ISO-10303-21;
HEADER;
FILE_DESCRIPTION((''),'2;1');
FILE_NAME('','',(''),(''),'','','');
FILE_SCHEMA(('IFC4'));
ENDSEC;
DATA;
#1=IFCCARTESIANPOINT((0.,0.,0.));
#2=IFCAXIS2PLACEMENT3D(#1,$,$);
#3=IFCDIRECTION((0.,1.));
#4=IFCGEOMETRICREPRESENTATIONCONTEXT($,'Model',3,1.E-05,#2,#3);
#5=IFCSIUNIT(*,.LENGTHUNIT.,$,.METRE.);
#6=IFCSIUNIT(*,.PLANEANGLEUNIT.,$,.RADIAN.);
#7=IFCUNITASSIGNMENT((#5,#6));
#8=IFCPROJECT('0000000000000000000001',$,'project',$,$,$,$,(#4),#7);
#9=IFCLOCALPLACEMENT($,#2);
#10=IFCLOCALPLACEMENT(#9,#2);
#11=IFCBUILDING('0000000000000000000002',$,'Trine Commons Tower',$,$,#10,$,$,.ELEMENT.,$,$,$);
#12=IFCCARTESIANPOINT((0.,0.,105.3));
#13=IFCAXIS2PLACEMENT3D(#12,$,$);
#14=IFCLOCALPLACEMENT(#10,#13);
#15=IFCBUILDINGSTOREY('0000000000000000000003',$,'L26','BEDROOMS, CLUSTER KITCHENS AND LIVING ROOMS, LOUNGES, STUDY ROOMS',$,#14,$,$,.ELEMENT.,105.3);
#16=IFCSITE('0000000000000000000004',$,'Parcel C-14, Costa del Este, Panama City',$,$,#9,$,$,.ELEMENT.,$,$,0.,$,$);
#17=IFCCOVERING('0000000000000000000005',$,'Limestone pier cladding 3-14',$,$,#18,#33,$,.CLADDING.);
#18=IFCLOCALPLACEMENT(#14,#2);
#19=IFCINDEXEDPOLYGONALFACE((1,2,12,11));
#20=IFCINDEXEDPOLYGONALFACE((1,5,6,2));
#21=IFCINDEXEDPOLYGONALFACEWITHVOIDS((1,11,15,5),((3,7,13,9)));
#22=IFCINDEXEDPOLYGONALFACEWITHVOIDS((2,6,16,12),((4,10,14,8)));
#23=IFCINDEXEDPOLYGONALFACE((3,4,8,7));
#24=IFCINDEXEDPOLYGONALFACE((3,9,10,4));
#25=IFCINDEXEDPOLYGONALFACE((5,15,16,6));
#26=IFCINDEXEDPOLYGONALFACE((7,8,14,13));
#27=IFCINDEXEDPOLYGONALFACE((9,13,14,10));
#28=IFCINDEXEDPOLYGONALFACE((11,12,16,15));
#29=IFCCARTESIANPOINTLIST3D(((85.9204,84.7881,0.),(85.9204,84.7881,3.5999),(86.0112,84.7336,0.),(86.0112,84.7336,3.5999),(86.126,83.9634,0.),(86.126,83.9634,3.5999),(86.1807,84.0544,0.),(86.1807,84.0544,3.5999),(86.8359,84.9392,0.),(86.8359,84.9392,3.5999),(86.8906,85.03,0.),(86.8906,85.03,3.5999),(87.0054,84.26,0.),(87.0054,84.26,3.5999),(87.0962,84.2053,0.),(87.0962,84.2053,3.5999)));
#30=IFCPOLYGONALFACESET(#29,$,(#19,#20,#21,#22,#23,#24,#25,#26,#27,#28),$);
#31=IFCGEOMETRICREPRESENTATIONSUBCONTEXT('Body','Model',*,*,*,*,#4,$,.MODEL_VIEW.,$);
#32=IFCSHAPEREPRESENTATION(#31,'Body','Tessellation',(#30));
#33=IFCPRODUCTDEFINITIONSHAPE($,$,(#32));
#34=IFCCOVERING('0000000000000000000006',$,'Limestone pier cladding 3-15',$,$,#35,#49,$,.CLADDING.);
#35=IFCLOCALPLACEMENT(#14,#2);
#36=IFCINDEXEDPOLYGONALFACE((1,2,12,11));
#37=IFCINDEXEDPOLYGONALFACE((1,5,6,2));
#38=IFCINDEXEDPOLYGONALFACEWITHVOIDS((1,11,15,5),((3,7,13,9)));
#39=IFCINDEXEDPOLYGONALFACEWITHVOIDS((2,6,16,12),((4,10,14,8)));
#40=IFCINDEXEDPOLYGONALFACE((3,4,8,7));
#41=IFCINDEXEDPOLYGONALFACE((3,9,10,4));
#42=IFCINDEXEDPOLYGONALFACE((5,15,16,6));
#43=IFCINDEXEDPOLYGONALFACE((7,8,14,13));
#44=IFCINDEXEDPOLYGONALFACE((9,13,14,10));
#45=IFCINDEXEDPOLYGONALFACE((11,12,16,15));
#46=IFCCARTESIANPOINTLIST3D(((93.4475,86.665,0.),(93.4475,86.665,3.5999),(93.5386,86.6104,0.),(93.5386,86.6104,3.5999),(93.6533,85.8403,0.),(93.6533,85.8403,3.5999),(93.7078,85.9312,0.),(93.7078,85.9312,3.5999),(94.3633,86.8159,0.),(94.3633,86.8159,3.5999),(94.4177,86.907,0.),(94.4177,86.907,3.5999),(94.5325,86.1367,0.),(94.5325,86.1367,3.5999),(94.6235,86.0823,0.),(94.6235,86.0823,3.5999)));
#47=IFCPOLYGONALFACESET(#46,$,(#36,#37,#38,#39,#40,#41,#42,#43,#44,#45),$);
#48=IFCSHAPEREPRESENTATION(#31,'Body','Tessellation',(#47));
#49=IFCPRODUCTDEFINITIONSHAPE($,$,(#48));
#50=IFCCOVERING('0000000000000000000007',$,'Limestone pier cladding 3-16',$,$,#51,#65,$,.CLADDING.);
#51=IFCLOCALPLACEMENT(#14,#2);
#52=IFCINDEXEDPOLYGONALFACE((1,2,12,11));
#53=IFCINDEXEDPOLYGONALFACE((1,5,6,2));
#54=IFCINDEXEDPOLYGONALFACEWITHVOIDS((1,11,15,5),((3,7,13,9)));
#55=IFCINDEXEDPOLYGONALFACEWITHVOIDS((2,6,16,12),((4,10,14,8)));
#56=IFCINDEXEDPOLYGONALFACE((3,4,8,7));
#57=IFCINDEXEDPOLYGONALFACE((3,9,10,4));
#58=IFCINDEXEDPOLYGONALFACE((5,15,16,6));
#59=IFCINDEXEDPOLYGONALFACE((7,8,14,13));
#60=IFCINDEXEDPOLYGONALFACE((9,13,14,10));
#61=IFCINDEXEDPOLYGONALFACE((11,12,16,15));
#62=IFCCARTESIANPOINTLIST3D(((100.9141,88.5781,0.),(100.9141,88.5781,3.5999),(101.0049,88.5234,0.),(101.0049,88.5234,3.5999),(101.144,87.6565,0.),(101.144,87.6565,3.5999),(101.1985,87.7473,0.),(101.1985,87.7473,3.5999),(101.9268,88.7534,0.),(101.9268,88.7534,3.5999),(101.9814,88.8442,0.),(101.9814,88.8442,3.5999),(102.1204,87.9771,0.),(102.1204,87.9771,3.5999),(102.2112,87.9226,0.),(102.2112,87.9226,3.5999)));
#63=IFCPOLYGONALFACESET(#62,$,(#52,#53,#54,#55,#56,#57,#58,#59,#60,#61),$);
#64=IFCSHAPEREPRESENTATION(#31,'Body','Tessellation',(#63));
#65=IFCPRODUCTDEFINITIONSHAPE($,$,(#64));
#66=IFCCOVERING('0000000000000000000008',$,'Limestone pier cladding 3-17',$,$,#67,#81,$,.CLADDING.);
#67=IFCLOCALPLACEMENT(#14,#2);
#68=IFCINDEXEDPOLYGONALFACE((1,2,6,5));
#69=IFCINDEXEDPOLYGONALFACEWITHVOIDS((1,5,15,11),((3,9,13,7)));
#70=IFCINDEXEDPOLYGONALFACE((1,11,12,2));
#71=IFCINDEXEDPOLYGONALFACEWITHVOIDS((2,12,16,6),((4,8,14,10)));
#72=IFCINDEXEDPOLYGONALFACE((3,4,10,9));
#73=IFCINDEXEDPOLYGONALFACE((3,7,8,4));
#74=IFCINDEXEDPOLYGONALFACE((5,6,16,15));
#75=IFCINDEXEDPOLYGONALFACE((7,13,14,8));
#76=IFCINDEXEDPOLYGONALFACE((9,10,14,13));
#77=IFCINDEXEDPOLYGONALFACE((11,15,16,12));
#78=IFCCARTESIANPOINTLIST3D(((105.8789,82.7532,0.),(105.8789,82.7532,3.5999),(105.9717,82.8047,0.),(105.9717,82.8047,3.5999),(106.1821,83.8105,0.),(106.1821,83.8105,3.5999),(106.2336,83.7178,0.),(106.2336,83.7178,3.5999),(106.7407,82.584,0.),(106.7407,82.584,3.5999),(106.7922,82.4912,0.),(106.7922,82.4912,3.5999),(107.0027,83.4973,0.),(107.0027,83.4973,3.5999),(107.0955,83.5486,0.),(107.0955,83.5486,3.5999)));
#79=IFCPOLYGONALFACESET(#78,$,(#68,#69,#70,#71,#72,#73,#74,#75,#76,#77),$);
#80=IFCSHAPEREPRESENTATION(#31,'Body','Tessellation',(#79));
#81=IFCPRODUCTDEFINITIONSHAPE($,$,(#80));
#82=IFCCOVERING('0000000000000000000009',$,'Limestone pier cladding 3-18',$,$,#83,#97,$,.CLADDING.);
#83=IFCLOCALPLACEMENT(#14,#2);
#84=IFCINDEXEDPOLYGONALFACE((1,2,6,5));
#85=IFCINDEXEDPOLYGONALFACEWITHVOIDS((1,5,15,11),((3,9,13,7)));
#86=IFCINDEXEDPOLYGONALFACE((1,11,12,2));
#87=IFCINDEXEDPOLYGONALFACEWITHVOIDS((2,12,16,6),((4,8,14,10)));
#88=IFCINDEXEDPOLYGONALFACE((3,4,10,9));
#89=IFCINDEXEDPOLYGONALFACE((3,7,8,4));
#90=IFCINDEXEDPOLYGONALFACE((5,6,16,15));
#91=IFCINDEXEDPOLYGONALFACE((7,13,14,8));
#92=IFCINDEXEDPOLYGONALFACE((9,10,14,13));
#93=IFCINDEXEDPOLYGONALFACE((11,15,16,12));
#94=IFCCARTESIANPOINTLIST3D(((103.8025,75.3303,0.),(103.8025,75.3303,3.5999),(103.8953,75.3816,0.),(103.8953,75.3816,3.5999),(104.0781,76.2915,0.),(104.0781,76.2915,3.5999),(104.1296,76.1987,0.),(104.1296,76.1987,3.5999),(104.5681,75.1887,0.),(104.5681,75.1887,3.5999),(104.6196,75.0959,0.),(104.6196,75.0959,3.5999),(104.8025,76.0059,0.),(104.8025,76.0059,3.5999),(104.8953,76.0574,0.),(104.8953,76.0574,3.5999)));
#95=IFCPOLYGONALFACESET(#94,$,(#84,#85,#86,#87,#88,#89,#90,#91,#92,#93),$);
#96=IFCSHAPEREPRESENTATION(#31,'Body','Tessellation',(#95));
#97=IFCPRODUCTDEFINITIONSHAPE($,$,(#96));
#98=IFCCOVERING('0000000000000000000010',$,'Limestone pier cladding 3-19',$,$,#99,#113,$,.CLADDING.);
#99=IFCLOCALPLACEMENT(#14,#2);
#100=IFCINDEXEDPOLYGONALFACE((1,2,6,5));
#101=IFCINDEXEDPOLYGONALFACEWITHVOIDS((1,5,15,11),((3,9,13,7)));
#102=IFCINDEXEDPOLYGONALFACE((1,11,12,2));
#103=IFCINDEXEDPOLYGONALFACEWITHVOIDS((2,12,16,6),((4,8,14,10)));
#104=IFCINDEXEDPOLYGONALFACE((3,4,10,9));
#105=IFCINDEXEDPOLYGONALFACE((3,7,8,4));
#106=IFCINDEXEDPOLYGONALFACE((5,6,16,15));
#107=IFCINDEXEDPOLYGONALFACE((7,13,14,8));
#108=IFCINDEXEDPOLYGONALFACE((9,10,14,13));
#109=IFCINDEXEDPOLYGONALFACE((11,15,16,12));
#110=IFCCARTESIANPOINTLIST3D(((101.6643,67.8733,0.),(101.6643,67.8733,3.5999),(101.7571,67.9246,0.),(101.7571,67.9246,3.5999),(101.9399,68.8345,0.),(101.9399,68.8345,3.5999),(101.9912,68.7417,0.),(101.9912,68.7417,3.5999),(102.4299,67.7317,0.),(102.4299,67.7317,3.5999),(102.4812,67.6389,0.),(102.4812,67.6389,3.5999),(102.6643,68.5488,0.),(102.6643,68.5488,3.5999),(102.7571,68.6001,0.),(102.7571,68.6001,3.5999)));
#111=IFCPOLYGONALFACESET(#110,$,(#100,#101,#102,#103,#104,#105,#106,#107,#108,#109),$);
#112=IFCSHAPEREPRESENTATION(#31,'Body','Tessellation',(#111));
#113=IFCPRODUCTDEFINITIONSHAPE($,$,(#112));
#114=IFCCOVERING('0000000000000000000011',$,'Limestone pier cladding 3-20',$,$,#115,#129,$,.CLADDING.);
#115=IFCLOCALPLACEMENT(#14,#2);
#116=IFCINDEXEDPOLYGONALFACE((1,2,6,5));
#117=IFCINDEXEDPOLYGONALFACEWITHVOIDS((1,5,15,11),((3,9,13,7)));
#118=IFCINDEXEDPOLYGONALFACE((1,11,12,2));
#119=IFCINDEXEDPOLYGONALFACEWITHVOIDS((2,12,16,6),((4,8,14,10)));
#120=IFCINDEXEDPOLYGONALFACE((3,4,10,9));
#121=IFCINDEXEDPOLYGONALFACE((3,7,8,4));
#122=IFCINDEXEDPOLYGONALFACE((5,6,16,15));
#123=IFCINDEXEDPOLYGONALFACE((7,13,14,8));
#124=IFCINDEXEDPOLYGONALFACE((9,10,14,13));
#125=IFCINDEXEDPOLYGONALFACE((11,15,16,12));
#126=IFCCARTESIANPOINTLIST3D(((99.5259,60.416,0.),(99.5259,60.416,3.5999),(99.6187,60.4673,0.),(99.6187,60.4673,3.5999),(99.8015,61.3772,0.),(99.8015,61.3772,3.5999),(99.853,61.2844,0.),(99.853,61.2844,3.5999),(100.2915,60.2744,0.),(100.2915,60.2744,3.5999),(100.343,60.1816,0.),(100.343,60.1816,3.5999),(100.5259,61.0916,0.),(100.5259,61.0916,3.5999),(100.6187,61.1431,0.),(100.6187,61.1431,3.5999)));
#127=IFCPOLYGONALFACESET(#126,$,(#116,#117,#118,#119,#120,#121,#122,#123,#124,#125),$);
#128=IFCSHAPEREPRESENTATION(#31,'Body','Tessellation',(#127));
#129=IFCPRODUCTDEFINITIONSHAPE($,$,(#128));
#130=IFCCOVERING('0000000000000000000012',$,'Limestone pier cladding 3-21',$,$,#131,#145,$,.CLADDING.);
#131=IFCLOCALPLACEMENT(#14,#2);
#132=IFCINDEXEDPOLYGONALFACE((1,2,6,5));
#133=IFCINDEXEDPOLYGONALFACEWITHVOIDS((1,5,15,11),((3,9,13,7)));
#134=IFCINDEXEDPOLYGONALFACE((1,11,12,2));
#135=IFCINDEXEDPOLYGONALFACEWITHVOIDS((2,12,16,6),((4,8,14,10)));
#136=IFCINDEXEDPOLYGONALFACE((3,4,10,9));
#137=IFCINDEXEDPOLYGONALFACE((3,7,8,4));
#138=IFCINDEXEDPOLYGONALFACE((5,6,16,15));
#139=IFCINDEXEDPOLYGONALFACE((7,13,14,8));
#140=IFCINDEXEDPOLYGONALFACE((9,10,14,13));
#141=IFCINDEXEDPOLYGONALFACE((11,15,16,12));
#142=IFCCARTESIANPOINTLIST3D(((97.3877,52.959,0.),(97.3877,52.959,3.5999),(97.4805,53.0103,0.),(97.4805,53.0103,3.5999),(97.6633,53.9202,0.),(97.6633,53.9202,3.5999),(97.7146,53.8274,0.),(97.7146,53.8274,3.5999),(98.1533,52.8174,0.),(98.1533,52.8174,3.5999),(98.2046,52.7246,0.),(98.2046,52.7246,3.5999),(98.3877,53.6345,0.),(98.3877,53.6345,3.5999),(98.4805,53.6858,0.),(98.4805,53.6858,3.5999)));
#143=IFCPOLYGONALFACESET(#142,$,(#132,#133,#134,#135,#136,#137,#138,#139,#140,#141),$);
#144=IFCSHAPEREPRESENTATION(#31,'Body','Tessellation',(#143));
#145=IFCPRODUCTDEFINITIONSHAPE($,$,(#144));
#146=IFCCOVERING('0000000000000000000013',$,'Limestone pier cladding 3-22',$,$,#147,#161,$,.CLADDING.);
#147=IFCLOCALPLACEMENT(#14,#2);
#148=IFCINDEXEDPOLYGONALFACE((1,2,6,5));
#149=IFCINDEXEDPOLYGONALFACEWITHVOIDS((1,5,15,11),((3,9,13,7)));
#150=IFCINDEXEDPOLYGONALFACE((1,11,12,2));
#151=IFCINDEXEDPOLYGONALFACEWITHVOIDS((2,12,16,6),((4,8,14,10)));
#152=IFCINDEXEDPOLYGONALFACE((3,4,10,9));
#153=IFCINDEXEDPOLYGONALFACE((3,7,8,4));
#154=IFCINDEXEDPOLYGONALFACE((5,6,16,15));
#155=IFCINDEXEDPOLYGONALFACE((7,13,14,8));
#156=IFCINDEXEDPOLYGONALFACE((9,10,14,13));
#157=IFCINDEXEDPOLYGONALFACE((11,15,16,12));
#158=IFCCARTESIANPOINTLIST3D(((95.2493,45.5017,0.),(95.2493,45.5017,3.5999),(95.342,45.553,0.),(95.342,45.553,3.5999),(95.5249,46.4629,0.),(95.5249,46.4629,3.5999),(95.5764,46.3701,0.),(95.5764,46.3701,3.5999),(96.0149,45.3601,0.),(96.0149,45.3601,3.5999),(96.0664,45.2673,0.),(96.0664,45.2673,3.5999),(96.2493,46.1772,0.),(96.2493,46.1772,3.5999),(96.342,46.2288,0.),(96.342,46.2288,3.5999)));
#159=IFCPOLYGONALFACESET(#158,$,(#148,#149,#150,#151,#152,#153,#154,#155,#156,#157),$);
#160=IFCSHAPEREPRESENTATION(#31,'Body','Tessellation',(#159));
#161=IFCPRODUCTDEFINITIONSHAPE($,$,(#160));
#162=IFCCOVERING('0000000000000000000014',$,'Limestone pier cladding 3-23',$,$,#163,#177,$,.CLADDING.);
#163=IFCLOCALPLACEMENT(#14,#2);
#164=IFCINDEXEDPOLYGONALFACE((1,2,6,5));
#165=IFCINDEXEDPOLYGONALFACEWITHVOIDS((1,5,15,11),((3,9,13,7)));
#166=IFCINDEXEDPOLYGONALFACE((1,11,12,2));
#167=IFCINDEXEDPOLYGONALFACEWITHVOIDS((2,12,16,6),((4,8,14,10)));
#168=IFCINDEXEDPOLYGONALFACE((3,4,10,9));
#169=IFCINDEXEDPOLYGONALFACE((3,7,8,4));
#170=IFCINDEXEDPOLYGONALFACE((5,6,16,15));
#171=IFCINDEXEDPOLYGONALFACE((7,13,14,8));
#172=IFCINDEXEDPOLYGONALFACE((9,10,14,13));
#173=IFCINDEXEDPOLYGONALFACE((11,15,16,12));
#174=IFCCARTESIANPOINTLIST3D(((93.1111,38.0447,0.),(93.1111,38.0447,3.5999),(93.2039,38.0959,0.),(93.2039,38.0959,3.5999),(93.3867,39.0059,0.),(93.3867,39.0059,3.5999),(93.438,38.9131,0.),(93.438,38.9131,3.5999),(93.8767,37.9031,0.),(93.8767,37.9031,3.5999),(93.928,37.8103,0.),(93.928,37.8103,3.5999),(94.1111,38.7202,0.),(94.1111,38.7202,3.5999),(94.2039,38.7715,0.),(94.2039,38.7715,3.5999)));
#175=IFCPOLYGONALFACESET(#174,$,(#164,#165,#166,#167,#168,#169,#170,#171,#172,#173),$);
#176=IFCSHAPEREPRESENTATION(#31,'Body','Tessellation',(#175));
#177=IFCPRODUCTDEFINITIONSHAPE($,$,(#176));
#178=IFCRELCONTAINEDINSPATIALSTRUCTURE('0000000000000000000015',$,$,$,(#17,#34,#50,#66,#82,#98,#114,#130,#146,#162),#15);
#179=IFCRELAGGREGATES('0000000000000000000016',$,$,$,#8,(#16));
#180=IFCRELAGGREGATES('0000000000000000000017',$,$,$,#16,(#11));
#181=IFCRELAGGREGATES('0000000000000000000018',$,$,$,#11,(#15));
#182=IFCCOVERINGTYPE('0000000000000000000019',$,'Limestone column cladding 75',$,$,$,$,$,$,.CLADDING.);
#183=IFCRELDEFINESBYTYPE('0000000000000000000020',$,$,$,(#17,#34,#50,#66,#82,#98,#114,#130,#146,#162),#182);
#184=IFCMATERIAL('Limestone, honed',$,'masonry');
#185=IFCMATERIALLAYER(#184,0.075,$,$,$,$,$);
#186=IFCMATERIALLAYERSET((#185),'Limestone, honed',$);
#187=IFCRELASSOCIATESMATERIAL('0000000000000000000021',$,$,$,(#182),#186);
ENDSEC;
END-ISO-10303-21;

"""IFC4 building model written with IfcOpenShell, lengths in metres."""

from ifc_helpers import new_model, si_unit, direction, frame, origin, place, context, subcontext, project, spatial, polyline, outline, extrude, material, layer, layer_set, type_object, element, save


model = new_model("IFC4")

# Units and contexts
model_context = context("Model", 3, precision=1e-05, world=origin(), true_north=direction((0.0, 1.0)))
body_context = subcontext(model_context, "Body", "Model", "MODEL_VIEW")
ifc_project = project(units=[si_unit("LENGTHUNIT", "METRE"), si_unit("PLANEANGLEUNIT", "RADIAN")], contexts=[model_context])

# Site, building, storey
site_placement = place(None, origin())
site = spatial("IfcSite", under=ifc_project, at=site_placement, Name="Parcel C-14, Costa del Este, Panama City", CompositionType="ELEMENT", RefElevation=0.0)
building_placement = place(site_placement, origin())
building = spatial("IfcBuilding", under=site, at=building_placement, Name="Trine Commons Tower", CompositionType="ELEMENT")
storey_placement = place(building_placement, frame((0.0, 0.0, 105.3)))
storey = spatial("IfcBuildingStorey", under=building, at=storey_placement, Name="L26", Description="BEDROOMS, CLUSTER KITCHENS AND LIVING ROOMS, LOUNGES, STUDY ROOMS", CompositionType="ELEMENT", Elevation=105.3)

# Coverings
ifc_material_1 = material(Name="Limestone, honed", Category="masonry")
ifc_layer_1 = layer(ifc_material_1, 0.075)
ifc_layer_set_1 = layer_set([ifc_layer_1], Name="Limestone, honed")
covering_type_1 = type_object("IfcCoveringType", Name="Limestone column cladding 75", PredefinedType="CLADDING", material=ifc_layer_set_1)
covering_1_placement = place(storey_placement, origin())
element("IfcCovering", 1, at=covering_1_placement, inside=storey, type_object=covering_type_1, Name="Limestone pier cladding 3-14", PredefinedType="CLADDING", context=body_context, shape_type="SweptSolid", body=[
    extrude(outline(polyline([(87.0962, 84.2053), (86.8906, 85.03), (85.9204, 84.7881), (86.126, 83.9634), (87.0962, 84.2053)]), holes=[polyline([(87.0054, 84.26), (86.8359, 84.9392), (86.0112, 84.7336), (86.1807, 84.0544), (87.0054, 84.26)])]), origin(), (0.0, 0.0, 1.0), 3.5999),
])
covering_2_placement = place(storey_placement, origin())
element("IfcCovering", 2, at=covering_2_placement, inside=storey, type_object=covering_type_1, Name="Limestone pier cladding 3-15", PredefinedType="CLADDING", context=body_context, shape_type="SweptSolid", body=[
    extrude(outline(polyline([(94.6235, 86.0823), (94.4177, 86.907), (93.4475, 86.665), (93.6533, 85.8403), (94.6235, 86.0823)]), holes=[polyline([(94.5325, 86.1367), (94.3633, 86.8159), (93.5386, 86.6104), (93.7078, 85.9312), (94.5325, 86.1367)])]), origin(), (0.0, 0.0, 1.0), 3.5999),
])
covering_3_placement = place(storey_placement, origin())
element("IfcCovering", 3, at=covering_3_placement, inside=storey, type_object=covering_type_1, Name="Limestone pier cladding 3-16", PredefinedType="CLADDING", context=body_context, shape_type="SweptSolid", body=[
    extrude(outline(polyline([(102.2112, 87.9226), (101.9814, 88.8442), (100.9141, 88.5781), (101.144, 87.6565), (102.2112, 87.9226)]), holes=[polyline([(102.1204, 87.9771), (101.9268, 88.7534), (101.0049, 88.5234), (101.1985, 87.7473), (102.1204, 87.9771)])]), origin(), (0.0, 0.0, 1.0), 3.5999),
])
covering_4_placement = place(storey_placement, origin())
element("IfcCovering", 4, at=covering_4_placement, inside=storey, type_object=covering_type_1, Name="Limestone pier cladding 3-17", PredefinedType="CLADDING", context=body_context, shape_type="SweptSolid", body=[
    extrude(outline(polyline([(107.0955, 83.5486), (106.1821, 83.8105), (105.8789, 82.7532), (106.7922, 82.4912), (107.0955, 83.5486)]), holes=[polyline([(107.0027, 83.4973), (106.2336, 83.7178), (105.9717, 82.8047), (106.7407, 82.584), (107.0027, 83.4973)])]), origin(), (0.0, 0.0, 1.0), 3.5999),
])
covering_5_placement = place(storey_placement, origin())
element("IfcCovering", 5, at=covering_5_placement, inside=storey, type_object=covering_type_1, Name="Limestone pier cladding 3-18", PredefinedType="CLADDING", context=body_context, shape_type="SweptSolid", body=[
    extrude(outline(polyline([(104.8953, 76.0574), (104.0781, 76.2915), (103.8025, 75.3303), (104.6196, 75.0959), (104.8953, 76.0574)]), holes=[polyline([(104.8025, 76.0059), (104.1296, 76.1987), (103.8953, 75.3816), (104.5681, 75.1887), (104.8025, 76.0059)])]), origin(), (0.0, 0.0, 1.0), 3.5999),
])
covering_6_placement = place(storey_placement, origin())
element("IfcCovering", 6, at=covering_6_placement, inside=storey, type_object=covering_type_1, Name="Limestone pier cladding 3-19", PredefinedType="CLADDING", context=body_context, shape_type="SweptSolid", body=[
    extrude(outline(polyline([(102.7571, 68.6001), (101.9399, 68.8345), (101.6643, 67.8733), (102.4812, 67.6389), (102.7571, 68.6001)]), holes=[polyline([(102.6643, 68.5488), (101.9912, 68.7417), (101.7571, 67.9246), (102.4299, 67.7317), (102.6643, 68.5488)])]), origin(), (0.0, 0.0, 1.0), 3.5999),
])
covering_7_placement = place(storey_placement, origin())
element("IfcCovering", 7, at=covering_7_placement, inside=storey, type_object=covering_type_1, Name="Limestone pier cladding 3-20", PredefinedType="CLADDING", context=body_context, shape_type="SweptSolid", body=[
    extrude(outline(polyline([(100.6187, 61.1431), (99.8015, 61.3772), (99.5259, 60.416), (100.343, 60.1816), (100.6187, 61.1431)]), holes=[polyline([(100.5259, 61.0916), (99.853, 61.2844), (99.6187, 60.4673), (100.2915, 60.2744), (100.5259, 61.0916)])]), origin(), (0.0, 0.0, 1.0), 3.5999),
])
covering_8_placement = place(storey_placement, origin())
element("IfcCovering", 8, at=covering_8_placement, inside=storey, type_object=covering_type_1, Name="Limestone pier cladding 3-21", PredefinedType="CLADDING", context=body_context, shape_type="SweptSolid", body=[
    extrude(outline(polyline([(98.4805, 53.6858), (97.6633, 53.9202), (97.3877, 52.959), (98.2046, 52.7246), (98.4805, 53.6858)]), holes=[polyline([(98.3877, 53.6345), (97.7146, 53.8274), (97.4805, 53.0103), (98.1533, 52.8174), (98.3877, 53.6345)])]), origin(), (0.0, 0.0, 1.0), 3.5999),
])
covering_9_placement = place(storey_placement, origin())
element("IfcCovering", 9, at=covering_9_placement, inside=storey, type_object=covering_type_1, Name="Limestone pier cladding 3-22", PredefinedType="CLADDING", context=body_context, shape_type="SweptSolid", body=[
    extrude(outline(polyline([(96.342, 46.2288), (95.5249, 46.4629), (95.2493, 45.5017), (96.0664, 45.2673), (96.342, 46.2288)]), holes=[polyline([(96.2493, 46.1772), (95.5764, 46.3701), (95.342, 45.553), (96.0149, 45.3601), (96.2493, 46.1772)])]), origin(), (0.0, 0.0, 1.0), 3.5999),
])
covering_10_placement = place(storey_placement, origin())
element("IfcCovering", 10, at=covering_10_placement, inside=storey, type_object=covering_type_1, Name="Limestone pier cladding 3-23", PredefinedType="CLADDING", context=body_context, shape_type="SweptSolid", body=[
    extrude(outline(polyline([(94.2039, 38.7715), (93.3867, 39.0059), (93.1111, 38.0447), (93.928, 37.8103), (94.2039, 38.7715)]), holes=[polyline([(94.1111, 38.7202), (93.438, 38.9131), (93.2039, 38.0959), (93.8767, 37.9031), (94.1111, 38.7202)])]), origin(), (0.0, 0.0, 1.0), 3.5999),
])

save(model, "model.ifc")
